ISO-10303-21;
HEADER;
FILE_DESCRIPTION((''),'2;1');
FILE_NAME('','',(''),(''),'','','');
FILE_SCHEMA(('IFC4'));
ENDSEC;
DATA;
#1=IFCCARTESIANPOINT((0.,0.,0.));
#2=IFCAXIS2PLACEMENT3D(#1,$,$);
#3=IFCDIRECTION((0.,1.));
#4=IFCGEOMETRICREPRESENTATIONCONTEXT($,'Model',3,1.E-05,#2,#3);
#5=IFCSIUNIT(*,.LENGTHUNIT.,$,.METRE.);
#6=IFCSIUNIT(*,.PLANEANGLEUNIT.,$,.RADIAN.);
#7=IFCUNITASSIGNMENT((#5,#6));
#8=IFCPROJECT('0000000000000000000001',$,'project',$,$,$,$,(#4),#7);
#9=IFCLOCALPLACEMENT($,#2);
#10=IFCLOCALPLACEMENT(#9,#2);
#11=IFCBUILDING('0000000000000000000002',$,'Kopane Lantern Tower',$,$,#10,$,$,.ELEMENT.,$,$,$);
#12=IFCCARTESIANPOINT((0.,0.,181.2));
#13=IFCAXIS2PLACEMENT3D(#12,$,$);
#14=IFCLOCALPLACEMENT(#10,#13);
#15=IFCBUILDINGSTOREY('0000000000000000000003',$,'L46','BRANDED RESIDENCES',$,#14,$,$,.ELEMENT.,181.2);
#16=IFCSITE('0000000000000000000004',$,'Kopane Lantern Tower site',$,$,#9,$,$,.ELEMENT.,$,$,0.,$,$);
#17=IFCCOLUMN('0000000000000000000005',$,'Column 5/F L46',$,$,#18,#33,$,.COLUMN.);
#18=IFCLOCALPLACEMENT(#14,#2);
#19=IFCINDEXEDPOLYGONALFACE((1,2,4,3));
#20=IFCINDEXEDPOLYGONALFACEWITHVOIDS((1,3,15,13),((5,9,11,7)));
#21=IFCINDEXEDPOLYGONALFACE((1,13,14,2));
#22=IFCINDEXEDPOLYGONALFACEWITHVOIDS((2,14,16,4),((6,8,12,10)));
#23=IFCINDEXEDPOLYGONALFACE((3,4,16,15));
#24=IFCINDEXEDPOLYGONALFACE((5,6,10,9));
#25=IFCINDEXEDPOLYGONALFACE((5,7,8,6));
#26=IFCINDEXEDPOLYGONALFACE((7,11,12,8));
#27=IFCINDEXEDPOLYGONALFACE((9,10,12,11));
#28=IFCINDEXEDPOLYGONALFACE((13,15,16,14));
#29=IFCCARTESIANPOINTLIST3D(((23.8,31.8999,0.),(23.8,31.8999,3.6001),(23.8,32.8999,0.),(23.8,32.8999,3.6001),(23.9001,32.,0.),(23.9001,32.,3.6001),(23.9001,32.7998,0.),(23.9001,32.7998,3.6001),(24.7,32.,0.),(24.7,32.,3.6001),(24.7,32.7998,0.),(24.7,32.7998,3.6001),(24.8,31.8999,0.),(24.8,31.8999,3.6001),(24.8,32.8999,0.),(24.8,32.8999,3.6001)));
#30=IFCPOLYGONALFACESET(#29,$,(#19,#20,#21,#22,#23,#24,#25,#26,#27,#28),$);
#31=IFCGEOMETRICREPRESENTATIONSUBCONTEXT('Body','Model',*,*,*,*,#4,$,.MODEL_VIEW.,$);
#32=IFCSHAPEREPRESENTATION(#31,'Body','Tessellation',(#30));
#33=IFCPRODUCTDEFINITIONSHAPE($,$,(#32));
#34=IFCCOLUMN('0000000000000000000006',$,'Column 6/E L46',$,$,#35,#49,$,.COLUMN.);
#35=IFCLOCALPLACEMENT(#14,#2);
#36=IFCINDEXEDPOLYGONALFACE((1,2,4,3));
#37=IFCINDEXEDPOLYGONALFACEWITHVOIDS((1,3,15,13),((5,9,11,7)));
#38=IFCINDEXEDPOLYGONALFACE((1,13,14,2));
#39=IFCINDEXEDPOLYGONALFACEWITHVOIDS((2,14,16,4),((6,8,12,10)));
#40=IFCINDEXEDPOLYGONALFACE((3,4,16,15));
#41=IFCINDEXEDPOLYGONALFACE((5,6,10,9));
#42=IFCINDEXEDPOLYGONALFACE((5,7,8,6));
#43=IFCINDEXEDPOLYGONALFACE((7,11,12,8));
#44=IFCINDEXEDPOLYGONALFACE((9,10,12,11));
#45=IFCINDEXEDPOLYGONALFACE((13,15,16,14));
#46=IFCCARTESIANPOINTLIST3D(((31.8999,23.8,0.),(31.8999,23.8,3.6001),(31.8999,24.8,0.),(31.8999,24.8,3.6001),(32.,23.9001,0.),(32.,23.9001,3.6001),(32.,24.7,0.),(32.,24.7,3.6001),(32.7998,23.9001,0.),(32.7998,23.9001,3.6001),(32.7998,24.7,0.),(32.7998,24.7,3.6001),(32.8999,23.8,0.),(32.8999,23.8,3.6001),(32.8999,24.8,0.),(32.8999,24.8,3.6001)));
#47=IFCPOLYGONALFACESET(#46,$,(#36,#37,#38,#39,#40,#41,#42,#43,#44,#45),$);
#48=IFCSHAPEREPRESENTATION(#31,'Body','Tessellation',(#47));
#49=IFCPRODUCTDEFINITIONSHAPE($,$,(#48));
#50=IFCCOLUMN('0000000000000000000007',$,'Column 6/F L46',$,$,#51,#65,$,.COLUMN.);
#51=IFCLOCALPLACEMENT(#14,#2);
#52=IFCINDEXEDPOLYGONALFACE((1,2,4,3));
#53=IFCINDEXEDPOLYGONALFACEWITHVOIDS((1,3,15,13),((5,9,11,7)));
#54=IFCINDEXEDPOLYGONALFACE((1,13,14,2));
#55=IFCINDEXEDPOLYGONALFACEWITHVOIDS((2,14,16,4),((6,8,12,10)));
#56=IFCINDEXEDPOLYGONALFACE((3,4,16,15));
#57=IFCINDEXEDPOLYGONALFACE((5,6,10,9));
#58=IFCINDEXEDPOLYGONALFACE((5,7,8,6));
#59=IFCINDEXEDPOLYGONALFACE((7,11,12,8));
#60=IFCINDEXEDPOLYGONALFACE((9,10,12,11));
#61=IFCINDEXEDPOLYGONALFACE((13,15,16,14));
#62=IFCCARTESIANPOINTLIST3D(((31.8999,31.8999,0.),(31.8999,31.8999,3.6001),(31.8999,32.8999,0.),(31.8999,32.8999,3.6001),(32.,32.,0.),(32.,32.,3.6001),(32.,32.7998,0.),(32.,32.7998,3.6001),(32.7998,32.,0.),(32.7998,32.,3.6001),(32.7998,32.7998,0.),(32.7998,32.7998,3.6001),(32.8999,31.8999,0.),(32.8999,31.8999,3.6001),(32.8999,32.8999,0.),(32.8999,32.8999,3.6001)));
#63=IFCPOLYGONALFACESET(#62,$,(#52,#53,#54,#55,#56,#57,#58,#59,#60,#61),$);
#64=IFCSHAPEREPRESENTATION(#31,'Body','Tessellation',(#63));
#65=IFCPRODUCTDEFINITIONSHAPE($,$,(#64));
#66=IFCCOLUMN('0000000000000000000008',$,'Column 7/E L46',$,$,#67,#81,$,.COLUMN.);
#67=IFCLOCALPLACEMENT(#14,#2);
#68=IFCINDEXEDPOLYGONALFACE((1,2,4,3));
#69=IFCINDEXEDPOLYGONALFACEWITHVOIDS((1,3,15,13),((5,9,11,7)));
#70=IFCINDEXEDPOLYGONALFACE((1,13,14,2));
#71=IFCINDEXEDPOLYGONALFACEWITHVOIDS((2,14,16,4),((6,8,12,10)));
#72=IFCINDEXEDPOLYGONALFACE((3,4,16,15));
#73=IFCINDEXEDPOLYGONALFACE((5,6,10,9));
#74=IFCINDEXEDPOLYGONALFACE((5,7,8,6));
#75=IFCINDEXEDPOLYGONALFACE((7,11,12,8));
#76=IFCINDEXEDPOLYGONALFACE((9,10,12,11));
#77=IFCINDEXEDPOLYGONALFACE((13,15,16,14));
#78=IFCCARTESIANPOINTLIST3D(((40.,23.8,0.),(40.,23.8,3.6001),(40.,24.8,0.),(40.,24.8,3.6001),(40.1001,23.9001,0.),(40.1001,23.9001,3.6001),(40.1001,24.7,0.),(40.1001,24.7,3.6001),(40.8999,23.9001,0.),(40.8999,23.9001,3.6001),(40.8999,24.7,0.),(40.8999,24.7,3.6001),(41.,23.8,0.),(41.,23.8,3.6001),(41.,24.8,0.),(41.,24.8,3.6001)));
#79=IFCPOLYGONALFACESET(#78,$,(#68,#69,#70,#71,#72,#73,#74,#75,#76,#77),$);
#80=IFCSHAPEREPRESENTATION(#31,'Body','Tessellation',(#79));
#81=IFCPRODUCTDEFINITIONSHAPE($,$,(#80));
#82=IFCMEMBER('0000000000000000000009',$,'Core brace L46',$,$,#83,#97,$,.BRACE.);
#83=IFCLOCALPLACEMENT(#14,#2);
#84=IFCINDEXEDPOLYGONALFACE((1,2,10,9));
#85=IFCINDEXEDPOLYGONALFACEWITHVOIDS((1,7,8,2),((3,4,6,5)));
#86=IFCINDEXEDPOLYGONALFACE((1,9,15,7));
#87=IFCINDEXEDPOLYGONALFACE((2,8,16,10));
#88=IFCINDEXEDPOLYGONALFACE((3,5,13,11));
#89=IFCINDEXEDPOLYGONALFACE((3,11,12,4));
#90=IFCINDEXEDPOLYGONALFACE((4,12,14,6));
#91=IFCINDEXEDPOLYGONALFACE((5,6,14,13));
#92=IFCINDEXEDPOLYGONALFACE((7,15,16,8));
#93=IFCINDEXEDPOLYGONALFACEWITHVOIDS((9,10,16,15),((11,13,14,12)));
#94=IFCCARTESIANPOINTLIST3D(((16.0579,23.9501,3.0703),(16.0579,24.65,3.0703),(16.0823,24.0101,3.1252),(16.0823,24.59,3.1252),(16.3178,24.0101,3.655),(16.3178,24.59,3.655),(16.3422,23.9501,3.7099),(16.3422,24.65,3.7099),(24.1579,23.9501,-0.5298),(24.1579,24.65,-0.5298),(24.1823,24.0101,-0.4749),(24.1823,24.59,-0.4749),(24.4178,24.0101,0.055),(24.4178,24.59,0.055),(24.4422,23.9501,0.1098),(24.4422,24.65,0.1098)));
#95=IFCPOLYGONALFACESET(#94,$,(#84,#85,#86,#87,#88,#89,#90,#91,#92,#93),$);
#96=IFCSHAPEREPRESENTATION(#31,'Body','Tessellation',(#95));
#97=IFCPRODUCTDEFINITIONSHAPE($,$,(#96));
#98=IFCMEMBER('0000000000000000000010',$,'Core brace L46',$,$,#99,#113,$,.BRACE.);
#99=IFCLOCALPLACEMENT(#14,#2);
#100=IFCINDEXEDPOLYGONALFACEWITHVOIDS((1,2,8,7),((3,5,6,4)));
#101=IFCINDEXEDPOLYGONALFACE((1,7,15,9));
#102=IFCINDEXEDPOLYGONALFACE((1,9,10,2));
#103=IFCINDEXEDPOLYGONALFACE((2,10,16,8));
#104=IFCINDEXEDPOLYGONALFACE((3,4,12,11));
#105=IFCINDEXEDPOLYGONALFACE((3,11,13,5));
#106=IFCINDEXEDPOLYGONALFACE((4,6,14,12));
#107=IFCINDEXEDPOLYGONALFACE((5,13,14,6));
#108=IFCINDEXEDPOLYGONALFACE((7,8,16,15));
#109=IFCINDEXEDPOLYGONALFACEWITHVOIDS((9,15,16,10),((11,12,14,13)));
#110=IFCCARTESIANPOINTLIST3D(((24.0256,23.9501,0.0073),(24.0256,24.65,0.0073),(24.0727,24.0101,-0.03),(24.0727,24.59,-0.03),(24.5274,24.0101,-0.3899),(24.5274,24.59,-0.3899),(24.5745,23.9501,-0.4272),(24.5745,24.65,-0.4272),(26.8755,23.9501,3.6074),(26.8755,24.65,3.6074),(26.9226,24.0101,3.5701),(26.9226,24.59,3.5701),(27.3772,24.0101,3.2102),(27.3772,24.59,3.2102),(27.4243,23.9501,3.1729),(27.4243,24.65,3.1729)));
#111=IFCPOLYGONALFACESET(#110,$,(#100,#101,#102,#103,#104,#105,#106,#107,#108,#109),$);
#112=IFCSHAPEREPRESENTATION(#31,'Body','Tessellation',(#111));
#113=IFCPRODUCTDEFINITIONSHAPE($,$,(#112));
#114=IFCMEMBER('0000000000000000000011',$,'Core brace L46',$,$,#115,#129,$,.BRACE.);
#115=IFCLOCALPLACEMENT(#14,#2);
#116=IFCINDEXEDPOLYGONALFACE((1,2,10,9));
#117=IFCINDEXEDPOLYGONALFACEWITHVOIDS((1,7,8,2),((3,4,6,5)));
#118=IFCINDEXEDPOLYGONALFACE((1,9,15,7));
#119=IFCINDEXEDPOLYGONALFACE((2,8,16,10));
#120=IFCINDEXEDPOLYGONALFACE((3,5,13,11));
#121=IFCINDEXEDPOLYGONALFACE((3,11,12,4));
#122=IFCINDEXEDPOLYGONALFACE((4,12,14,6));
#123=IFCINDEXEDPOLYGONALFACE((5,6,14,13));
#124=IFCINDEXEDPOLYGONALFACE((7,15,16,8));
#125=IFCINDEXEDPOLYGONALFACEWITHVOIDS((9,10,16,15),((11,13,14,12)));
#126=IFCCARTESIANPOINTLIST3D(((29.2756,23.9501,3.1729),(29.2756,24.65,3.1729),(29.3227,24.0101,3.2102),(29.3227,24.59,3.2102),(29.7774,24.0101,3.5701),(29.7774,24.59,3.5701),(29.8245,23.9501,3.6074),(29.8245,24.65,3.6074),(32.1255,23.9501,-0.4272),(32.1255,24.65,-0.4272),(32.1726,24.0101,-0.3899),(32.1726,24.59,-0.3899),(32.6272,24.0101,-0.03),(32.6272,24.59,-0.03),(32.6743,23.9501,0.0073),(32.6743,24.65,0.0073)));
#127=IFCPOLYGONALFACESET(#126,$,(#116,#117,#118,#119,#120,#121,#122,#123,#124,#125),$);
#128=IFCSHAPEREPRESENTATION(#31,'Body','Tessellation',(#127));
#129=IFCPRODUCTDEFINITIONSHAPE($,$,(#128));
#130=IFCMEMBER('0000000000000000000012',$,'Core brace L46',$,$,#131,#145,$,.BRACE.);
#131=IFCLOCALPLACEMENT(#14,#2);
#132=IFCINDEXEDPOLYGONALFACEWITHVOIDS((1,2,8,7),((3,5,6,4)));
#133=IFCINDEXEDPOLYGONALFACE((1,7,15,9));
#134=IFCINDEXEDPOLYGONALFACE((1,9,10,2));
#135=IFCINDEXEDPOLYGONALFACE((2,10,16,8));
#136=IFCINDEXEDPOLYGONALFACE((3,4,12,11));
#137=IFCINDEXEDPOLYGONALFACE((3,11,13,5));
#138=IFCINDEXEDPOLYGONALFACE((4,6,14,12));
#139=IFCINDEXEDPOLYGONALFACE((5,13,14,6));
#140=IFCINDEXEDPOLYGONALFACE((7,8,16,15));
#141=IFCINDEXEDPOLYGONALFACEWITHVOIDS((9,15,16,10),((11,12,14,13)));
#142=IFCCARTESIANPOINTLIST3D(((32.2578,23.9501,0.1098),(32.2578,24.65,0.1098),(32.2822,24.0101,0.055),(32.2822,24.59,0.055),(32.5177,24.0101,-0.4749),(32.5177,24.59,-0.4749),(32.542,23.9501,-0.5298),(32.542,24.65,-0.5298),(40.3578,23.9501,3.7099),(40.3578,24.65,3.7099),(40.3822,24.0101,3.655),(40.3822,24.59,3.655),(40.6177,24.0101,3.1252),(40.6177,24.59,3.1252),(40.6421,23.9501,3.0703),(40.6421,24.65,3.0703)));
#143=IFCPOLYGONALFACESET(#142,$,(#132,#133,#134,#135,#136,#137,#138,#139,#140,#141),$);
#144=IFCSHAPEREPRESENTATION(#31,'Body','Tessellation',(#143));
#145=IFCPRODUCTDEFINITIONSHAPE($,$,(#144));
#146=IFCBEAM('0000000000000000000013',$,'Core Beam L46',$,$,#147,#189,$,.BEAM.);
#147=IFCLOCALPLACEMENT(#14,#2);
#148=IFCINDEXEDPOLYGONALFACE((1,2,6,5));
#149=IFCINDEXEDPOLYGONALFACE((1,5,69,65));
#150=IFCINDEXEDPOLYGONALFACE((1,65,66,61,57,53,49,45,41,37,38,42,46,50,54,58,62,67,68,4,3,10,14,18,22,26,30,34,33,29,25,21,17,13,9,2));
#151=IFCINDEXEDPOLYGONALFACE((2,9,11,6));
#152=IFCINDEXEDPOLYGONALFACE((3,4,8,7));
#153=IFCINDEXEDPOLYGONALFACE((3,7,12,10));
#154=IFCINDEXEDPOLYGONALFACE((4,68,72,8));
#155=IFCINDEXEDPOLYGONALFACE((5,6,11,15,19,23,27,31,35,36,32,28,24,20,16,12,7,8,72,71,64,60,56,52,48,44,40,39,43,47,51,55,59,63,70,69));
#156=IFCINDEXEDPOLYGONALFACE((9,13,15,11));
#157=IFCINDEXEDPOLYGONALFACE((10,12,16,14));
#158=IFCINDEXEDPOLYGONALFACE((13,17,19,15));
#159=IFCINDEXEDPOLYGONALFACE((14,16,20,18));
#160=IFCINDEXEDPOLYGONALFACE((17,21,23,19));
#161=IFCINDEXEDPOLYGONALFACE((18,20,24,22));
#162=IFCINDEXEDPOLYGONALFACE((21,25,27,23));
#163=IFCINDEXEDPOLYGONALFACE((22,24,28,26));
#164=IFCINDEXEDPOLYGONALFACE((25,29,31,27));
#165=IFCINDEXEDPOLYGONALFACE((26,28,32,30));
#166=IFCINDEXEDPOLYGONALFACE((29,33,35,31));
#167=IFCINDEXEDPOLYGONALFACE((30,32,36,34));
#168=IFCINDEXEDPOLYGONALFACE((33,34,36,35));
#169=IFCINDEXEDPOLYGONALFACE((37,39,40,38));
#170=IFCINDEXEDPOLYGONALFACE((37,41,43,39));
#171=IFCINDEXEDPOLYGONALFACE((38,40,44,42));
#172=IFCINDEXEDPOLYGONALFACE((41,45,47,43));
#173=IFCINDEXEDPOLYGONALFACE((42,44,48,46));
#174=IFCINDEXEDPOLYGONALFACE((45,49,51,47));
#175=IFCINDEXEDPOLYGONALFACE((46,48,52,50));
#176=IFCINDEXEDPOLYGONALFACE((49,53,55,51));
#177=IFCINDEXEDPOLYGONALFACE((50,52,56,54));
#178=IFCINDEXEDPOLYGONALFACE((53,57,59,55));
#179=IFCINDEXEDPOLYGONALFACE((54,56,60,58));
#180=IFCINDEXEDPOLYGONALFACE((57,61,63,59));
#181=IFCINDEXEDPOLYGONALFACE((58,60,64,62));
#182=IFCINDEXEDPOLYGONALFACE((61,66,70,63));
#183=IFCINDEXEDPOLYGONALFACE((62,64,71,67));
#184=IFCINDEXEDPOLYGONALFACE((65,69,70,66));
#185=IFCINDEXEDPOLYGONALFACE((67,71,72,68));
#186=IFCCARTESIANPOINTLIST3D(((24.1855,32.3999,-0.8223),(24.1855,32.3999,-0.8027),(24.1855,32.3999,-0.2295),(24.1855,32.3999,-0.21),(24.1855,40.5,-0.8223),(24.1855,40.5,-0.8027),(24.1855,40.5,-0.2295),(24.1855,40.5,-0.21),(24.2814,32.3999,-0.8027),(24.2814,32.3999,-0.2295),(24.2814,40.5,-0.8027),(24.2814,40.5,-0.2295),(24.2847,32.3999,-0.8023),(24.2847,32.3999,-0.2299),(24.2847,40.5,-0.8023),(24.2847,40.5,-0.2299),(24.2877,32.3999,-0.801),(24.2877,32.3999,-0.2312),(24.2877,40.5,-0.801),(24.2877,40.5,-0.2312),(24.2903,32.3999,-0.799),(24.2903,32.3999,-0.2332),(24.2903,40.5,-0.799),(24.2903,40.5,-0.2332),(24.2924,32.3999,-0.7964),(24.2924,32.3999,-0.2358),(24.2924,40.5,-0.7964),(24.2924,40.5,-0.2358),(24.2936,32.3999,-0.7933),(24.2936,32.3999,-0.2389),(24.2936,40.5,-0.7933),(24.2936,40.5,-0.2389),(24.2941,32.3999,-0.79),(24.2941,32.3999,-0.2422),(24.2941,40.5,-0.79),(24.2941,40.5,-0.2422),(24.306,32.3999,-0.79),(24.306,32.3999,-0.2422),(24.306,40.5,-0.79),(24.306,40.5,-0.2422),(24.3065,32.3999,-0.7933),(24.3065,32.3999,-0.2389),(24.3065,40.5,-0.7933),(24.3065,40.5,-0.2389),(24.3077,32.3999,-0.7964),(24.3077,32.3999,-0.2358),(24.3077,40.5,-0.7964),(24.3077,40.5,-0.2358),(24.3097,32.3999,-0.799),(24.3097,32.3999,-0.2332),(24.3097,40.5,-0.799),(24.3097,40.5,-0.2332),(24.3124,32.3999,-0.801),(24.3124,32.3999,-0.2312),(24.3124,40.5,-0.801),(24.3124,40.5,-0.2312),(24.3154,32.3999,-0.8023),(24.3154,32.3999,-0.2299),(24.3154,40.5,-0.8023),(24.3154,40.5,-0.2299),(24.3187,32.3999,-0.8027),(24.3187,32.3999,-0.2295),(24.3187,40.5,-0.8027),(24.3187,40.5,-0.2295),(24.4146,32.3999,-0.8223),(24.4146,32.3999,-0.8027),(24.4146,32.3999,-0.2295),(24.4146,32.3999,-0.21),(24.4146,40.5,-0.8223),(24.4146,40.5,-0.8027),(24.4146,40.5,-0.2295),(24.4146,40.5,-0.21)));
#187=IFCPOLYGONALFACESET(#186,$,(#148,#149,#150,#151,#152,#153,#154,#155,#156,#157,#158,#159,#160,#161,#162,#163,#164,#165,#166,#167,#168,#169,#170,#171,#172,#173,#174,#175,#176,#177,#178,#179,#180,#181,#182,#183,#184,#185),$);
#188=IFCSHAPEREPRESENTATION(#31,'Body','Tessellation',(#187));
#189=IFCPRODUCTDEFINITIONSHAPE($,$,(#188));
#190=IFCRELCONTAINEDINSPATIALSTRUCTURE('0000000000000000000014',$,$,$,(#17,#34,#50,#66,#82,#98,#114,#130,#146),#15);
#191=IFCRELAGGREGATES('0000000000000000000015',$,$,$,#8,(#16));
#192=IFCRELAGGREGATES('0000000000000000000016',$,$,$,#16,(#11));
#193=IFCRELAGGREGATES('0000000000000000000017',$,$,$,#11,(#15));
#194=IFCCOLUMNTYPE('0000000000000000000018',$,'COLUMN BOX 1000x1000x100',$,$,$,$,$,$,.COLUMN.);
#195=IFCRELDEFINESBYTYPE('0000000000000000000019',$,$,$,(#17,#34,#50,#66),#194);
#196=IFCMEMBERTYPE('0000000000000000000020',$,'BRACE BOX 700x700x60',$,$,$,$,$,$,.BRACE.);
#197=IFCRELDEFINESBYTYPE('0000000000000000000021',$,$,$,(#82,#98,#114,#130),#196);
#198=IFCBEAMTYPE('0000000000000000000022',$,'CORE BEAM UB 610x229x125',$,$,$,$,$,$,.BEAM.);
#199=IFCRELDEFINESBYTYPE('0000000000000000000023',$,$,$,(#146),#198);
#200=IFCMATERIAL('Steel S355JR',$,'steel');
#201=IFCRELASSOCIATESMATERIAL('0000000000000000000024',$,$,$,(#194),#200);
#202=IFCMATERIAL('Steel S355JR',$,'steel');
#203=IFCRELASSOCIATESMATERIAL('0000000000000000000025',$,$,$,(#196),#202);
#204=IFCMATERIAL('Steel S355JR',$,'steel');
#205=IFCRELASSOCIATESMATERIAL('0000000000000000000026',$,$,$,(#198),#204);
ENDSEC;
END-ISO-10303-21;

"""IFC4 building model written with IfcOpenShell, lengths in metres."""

from ifc_helpers import new_model, si_unit, direction, frame, origin, origin_2d, place, context, subcontext, project, spatial, hollow_rectangle, i_section, extrude, material, material_profile, profile_set, type_object, element, save


model = new_model("IFC4")

# Units and contexts
model_context = context("Model", 3, precision=1e-05, world=origin(), true_north=direction((0.0, 1.0)))
body_context = subcontext(model_context, "Body", "Model", "MODEL_VIEW")
ifc_project = project(units=[si_unit("LENGTHUNIT", "METRE"), si_unit("PLANEANGLEUNIT", "RADIAN")], contexts=[model_context])

# Site, building, storey
site_placement = place(None, origin())
site = spatial("IfcSite", under=ifc_project, at=site_placement, Name="Kopane Lantern Tower site", CompositionType="ELEMENT", RefElevation=0.0)
building_placement = place(site_placement, origin())
building = spatial("IfcBuilding", under=site, at=building_placement, Name="Kopane Lantern Tower", CompositionType="ELEMENT")
storey_placement = place(building_placement, frame((0.0, 0.0, 181.2)))
storey = spatial("IfcBuildingStorey", under=building, at=storey_placement, Name="L46", Description="BRANDED RESIDENCES", CompositionType="ELEMENT", Elevation=181.2)

# Columns
ifc_material_1 = material(Name="Steel S355JR", Category="steel")
ifc_material_profile_1 = material_profile(ifc_material_1, hollow_rectangle(XDim=1.0, YDim=1.0, WallThickness=0.1001, at=origin_2d()), Name="BOX 1000x1000x100")
ifc_profile_set_1 = profile_set([ifc_material_profile_1], Name="Steel S355JR")
column_type = type_object("IfcColumnType", Name="COLUMN BOX 1000x1000x100", PredefinedType="COLUMN", material=ifc_profile_set_1)
for number, where, z_axis, x_axis, name in (
    (1, (24.3, 32.3999, 0.0), (0.0, 0.0, 1.0), (1.0, 0.0, 0.0), "Column 5/F L46"),
    (2, (32.3999, 24.3, 0.0), (0.0, 0.0, 1.0), (1.0, 0.0, 0.0), "Column 6/E L46"),
    (3, (32.3999, 32.3999, 0.0), (0.0, 0.0, 1.0), (1.0, 0.0, 0.0), "Column 6/F L46"),
    (4, (40.5, 24.3, 0.0), (0.0, 0.0, 1.0), (1.0, 0.0, 0.0), "Column 7/E L46"),
):
    element("IfcColumn", number, at=place(storey_placement, frame(where, z_axis=z_axis, x_axis=x_axis)), inside=storey, type_object=column_type, Name=name, PredefinedType="COLUMN", context=body_context, shape_type="SweptSolid", body=[
        extrude(hollow_rectangle(XDim=1.0, YDim=1.0, WallThickness=0.1001, at=origin_2d()), origin(), (0.0, 0.0, 1.0), 3.6001),
    ])

# Members
ifc_material_2 = material(Name="Steel S355JR", Category="steel")
ifc_material_profile_2 = material_profile(ifc_material_2, hollow_rectangle(XDim=0.7, YDim=0.7, WallThickness=0.0601, at=origin_2d()), Name="BOX 700x700x60")
ifc_profile_set_2 = profile_set([ifc_material_profile_2], Name="Steel S355JR")
member_type = type_object("IfcMemberType", Name="BRACE BOX 700x700x60", PredefinedType="BRACE", material=ifc_profile_set_2)
member_1_placement = place(storey_placement, frame((24.3, 24.3, -0.21), z_axis=(-0.913809, 0.0, 0.406144), x_axis=(0.0, -1.0, 0.0)))
element("IfcMember", 5, at=member_1_placement, inside=storey, type_object=member_type, Name="Core brace L46", PredefinedType="BRACE", context=body_context, shape_type="SweptSolid", body=[
    extrude(hollow_rectangle(XDim=0.7, YDim=0.7, WallThickness=0.0601, at=origin_2d()), origin(), (0.0, 0.0, 1.0), 8.864),
])
for number, where, z_axis, x_axis, name in (
    (6, (24.3, 24.3, -0.21), (0.620673, 0.0, 0.78407), (0.0, 1.0, 0.0), "Core brace L46"),
    (7, (32.3999, 24.3, -0.21), (-0.620673, 0.0, 0.78407), (0.0, -1.0, 0.0), "Core brace L46"),
):
    element("IfcMember", number, at=place(storey_placement, frame(where, z_axis=z_axis, x_axis=x_axis)), inside=storey, type_object=member_type, Name=name, PredefinedType="BRACE", context=body_context, shape_type="SweptSolid", body=[
        extrude(hollow_rectangle(XDim=0.7, YDim=0.7, WallThickness=0.0601, at=origin_2d()), origin(), (0.0, 0.0, 1.0), 4.5916),
    ])
member_2_placement = place(storey_placement, frame((32.3999, 24.3, -0.21), z_axis=(0.913809, 0.0, 0.406144), x_axis=(0.0, 1.0, 0.0)))
element("IfcMember", 8, at=member_2_placement, inside=storey, type_object=member_type, Name="Core brace L46", PredefinedType="BRACE", context=body_context, shape_type="SweptSolid", body=[
    extrude(hollow_rectangle(XDim=0.7, YDim=0.7, WallThickness=0.0601, at=origin_2d()), origin(), (0.0, 0.0, 1.0), 8.864),
])

# Beam
ifc_material_3 = material(Name="Steel S355JR", Category="steel")
ifc_material_profile_3 = material_profile(ifc_material_3, i_section(OverallWidth=0.229, OverallDepth=0.6123, WebThickness=0.012, FlangeThickness=0.0195, FilletRadius=0.0127, at=origin_2d()), Name="UB 610x229x125")
ifc_profile_set_3 = profile_set([ifc_material_profile_3], Name="Steel S355JR")
beam_type_1 = type_object("IfcBeamType", Name="CORE BEAM UB 610x229x125", PredefinedType="BEAM", material=ifc_profile_set_3)
beam_1_placement = place(storey_placement, frame((24.3, 32.3999, -0.5161), z_axis=(0.0, 1.0, 0.0), x_axis=(-1.0, 0.0, 0.0)))
element("IfcBeam", 9, at=beam_1_placement, inside=storey, type_object=beam_type_1, Name="Core Beam L46", PredefinedType="BEAM", context=body_context, shape_type="SweptSolid", body=[
    extrude(i_section(OverallWidth=0.229, OverallDepth=0.6123, WebThickness=0.012, FlangeThickness=0.0195, FilletRadius=0.0127, at=origin_2d()), origin(), (0.0, 0.0, 1.0), 8.1001),
])

save(model, "model.ifc")
